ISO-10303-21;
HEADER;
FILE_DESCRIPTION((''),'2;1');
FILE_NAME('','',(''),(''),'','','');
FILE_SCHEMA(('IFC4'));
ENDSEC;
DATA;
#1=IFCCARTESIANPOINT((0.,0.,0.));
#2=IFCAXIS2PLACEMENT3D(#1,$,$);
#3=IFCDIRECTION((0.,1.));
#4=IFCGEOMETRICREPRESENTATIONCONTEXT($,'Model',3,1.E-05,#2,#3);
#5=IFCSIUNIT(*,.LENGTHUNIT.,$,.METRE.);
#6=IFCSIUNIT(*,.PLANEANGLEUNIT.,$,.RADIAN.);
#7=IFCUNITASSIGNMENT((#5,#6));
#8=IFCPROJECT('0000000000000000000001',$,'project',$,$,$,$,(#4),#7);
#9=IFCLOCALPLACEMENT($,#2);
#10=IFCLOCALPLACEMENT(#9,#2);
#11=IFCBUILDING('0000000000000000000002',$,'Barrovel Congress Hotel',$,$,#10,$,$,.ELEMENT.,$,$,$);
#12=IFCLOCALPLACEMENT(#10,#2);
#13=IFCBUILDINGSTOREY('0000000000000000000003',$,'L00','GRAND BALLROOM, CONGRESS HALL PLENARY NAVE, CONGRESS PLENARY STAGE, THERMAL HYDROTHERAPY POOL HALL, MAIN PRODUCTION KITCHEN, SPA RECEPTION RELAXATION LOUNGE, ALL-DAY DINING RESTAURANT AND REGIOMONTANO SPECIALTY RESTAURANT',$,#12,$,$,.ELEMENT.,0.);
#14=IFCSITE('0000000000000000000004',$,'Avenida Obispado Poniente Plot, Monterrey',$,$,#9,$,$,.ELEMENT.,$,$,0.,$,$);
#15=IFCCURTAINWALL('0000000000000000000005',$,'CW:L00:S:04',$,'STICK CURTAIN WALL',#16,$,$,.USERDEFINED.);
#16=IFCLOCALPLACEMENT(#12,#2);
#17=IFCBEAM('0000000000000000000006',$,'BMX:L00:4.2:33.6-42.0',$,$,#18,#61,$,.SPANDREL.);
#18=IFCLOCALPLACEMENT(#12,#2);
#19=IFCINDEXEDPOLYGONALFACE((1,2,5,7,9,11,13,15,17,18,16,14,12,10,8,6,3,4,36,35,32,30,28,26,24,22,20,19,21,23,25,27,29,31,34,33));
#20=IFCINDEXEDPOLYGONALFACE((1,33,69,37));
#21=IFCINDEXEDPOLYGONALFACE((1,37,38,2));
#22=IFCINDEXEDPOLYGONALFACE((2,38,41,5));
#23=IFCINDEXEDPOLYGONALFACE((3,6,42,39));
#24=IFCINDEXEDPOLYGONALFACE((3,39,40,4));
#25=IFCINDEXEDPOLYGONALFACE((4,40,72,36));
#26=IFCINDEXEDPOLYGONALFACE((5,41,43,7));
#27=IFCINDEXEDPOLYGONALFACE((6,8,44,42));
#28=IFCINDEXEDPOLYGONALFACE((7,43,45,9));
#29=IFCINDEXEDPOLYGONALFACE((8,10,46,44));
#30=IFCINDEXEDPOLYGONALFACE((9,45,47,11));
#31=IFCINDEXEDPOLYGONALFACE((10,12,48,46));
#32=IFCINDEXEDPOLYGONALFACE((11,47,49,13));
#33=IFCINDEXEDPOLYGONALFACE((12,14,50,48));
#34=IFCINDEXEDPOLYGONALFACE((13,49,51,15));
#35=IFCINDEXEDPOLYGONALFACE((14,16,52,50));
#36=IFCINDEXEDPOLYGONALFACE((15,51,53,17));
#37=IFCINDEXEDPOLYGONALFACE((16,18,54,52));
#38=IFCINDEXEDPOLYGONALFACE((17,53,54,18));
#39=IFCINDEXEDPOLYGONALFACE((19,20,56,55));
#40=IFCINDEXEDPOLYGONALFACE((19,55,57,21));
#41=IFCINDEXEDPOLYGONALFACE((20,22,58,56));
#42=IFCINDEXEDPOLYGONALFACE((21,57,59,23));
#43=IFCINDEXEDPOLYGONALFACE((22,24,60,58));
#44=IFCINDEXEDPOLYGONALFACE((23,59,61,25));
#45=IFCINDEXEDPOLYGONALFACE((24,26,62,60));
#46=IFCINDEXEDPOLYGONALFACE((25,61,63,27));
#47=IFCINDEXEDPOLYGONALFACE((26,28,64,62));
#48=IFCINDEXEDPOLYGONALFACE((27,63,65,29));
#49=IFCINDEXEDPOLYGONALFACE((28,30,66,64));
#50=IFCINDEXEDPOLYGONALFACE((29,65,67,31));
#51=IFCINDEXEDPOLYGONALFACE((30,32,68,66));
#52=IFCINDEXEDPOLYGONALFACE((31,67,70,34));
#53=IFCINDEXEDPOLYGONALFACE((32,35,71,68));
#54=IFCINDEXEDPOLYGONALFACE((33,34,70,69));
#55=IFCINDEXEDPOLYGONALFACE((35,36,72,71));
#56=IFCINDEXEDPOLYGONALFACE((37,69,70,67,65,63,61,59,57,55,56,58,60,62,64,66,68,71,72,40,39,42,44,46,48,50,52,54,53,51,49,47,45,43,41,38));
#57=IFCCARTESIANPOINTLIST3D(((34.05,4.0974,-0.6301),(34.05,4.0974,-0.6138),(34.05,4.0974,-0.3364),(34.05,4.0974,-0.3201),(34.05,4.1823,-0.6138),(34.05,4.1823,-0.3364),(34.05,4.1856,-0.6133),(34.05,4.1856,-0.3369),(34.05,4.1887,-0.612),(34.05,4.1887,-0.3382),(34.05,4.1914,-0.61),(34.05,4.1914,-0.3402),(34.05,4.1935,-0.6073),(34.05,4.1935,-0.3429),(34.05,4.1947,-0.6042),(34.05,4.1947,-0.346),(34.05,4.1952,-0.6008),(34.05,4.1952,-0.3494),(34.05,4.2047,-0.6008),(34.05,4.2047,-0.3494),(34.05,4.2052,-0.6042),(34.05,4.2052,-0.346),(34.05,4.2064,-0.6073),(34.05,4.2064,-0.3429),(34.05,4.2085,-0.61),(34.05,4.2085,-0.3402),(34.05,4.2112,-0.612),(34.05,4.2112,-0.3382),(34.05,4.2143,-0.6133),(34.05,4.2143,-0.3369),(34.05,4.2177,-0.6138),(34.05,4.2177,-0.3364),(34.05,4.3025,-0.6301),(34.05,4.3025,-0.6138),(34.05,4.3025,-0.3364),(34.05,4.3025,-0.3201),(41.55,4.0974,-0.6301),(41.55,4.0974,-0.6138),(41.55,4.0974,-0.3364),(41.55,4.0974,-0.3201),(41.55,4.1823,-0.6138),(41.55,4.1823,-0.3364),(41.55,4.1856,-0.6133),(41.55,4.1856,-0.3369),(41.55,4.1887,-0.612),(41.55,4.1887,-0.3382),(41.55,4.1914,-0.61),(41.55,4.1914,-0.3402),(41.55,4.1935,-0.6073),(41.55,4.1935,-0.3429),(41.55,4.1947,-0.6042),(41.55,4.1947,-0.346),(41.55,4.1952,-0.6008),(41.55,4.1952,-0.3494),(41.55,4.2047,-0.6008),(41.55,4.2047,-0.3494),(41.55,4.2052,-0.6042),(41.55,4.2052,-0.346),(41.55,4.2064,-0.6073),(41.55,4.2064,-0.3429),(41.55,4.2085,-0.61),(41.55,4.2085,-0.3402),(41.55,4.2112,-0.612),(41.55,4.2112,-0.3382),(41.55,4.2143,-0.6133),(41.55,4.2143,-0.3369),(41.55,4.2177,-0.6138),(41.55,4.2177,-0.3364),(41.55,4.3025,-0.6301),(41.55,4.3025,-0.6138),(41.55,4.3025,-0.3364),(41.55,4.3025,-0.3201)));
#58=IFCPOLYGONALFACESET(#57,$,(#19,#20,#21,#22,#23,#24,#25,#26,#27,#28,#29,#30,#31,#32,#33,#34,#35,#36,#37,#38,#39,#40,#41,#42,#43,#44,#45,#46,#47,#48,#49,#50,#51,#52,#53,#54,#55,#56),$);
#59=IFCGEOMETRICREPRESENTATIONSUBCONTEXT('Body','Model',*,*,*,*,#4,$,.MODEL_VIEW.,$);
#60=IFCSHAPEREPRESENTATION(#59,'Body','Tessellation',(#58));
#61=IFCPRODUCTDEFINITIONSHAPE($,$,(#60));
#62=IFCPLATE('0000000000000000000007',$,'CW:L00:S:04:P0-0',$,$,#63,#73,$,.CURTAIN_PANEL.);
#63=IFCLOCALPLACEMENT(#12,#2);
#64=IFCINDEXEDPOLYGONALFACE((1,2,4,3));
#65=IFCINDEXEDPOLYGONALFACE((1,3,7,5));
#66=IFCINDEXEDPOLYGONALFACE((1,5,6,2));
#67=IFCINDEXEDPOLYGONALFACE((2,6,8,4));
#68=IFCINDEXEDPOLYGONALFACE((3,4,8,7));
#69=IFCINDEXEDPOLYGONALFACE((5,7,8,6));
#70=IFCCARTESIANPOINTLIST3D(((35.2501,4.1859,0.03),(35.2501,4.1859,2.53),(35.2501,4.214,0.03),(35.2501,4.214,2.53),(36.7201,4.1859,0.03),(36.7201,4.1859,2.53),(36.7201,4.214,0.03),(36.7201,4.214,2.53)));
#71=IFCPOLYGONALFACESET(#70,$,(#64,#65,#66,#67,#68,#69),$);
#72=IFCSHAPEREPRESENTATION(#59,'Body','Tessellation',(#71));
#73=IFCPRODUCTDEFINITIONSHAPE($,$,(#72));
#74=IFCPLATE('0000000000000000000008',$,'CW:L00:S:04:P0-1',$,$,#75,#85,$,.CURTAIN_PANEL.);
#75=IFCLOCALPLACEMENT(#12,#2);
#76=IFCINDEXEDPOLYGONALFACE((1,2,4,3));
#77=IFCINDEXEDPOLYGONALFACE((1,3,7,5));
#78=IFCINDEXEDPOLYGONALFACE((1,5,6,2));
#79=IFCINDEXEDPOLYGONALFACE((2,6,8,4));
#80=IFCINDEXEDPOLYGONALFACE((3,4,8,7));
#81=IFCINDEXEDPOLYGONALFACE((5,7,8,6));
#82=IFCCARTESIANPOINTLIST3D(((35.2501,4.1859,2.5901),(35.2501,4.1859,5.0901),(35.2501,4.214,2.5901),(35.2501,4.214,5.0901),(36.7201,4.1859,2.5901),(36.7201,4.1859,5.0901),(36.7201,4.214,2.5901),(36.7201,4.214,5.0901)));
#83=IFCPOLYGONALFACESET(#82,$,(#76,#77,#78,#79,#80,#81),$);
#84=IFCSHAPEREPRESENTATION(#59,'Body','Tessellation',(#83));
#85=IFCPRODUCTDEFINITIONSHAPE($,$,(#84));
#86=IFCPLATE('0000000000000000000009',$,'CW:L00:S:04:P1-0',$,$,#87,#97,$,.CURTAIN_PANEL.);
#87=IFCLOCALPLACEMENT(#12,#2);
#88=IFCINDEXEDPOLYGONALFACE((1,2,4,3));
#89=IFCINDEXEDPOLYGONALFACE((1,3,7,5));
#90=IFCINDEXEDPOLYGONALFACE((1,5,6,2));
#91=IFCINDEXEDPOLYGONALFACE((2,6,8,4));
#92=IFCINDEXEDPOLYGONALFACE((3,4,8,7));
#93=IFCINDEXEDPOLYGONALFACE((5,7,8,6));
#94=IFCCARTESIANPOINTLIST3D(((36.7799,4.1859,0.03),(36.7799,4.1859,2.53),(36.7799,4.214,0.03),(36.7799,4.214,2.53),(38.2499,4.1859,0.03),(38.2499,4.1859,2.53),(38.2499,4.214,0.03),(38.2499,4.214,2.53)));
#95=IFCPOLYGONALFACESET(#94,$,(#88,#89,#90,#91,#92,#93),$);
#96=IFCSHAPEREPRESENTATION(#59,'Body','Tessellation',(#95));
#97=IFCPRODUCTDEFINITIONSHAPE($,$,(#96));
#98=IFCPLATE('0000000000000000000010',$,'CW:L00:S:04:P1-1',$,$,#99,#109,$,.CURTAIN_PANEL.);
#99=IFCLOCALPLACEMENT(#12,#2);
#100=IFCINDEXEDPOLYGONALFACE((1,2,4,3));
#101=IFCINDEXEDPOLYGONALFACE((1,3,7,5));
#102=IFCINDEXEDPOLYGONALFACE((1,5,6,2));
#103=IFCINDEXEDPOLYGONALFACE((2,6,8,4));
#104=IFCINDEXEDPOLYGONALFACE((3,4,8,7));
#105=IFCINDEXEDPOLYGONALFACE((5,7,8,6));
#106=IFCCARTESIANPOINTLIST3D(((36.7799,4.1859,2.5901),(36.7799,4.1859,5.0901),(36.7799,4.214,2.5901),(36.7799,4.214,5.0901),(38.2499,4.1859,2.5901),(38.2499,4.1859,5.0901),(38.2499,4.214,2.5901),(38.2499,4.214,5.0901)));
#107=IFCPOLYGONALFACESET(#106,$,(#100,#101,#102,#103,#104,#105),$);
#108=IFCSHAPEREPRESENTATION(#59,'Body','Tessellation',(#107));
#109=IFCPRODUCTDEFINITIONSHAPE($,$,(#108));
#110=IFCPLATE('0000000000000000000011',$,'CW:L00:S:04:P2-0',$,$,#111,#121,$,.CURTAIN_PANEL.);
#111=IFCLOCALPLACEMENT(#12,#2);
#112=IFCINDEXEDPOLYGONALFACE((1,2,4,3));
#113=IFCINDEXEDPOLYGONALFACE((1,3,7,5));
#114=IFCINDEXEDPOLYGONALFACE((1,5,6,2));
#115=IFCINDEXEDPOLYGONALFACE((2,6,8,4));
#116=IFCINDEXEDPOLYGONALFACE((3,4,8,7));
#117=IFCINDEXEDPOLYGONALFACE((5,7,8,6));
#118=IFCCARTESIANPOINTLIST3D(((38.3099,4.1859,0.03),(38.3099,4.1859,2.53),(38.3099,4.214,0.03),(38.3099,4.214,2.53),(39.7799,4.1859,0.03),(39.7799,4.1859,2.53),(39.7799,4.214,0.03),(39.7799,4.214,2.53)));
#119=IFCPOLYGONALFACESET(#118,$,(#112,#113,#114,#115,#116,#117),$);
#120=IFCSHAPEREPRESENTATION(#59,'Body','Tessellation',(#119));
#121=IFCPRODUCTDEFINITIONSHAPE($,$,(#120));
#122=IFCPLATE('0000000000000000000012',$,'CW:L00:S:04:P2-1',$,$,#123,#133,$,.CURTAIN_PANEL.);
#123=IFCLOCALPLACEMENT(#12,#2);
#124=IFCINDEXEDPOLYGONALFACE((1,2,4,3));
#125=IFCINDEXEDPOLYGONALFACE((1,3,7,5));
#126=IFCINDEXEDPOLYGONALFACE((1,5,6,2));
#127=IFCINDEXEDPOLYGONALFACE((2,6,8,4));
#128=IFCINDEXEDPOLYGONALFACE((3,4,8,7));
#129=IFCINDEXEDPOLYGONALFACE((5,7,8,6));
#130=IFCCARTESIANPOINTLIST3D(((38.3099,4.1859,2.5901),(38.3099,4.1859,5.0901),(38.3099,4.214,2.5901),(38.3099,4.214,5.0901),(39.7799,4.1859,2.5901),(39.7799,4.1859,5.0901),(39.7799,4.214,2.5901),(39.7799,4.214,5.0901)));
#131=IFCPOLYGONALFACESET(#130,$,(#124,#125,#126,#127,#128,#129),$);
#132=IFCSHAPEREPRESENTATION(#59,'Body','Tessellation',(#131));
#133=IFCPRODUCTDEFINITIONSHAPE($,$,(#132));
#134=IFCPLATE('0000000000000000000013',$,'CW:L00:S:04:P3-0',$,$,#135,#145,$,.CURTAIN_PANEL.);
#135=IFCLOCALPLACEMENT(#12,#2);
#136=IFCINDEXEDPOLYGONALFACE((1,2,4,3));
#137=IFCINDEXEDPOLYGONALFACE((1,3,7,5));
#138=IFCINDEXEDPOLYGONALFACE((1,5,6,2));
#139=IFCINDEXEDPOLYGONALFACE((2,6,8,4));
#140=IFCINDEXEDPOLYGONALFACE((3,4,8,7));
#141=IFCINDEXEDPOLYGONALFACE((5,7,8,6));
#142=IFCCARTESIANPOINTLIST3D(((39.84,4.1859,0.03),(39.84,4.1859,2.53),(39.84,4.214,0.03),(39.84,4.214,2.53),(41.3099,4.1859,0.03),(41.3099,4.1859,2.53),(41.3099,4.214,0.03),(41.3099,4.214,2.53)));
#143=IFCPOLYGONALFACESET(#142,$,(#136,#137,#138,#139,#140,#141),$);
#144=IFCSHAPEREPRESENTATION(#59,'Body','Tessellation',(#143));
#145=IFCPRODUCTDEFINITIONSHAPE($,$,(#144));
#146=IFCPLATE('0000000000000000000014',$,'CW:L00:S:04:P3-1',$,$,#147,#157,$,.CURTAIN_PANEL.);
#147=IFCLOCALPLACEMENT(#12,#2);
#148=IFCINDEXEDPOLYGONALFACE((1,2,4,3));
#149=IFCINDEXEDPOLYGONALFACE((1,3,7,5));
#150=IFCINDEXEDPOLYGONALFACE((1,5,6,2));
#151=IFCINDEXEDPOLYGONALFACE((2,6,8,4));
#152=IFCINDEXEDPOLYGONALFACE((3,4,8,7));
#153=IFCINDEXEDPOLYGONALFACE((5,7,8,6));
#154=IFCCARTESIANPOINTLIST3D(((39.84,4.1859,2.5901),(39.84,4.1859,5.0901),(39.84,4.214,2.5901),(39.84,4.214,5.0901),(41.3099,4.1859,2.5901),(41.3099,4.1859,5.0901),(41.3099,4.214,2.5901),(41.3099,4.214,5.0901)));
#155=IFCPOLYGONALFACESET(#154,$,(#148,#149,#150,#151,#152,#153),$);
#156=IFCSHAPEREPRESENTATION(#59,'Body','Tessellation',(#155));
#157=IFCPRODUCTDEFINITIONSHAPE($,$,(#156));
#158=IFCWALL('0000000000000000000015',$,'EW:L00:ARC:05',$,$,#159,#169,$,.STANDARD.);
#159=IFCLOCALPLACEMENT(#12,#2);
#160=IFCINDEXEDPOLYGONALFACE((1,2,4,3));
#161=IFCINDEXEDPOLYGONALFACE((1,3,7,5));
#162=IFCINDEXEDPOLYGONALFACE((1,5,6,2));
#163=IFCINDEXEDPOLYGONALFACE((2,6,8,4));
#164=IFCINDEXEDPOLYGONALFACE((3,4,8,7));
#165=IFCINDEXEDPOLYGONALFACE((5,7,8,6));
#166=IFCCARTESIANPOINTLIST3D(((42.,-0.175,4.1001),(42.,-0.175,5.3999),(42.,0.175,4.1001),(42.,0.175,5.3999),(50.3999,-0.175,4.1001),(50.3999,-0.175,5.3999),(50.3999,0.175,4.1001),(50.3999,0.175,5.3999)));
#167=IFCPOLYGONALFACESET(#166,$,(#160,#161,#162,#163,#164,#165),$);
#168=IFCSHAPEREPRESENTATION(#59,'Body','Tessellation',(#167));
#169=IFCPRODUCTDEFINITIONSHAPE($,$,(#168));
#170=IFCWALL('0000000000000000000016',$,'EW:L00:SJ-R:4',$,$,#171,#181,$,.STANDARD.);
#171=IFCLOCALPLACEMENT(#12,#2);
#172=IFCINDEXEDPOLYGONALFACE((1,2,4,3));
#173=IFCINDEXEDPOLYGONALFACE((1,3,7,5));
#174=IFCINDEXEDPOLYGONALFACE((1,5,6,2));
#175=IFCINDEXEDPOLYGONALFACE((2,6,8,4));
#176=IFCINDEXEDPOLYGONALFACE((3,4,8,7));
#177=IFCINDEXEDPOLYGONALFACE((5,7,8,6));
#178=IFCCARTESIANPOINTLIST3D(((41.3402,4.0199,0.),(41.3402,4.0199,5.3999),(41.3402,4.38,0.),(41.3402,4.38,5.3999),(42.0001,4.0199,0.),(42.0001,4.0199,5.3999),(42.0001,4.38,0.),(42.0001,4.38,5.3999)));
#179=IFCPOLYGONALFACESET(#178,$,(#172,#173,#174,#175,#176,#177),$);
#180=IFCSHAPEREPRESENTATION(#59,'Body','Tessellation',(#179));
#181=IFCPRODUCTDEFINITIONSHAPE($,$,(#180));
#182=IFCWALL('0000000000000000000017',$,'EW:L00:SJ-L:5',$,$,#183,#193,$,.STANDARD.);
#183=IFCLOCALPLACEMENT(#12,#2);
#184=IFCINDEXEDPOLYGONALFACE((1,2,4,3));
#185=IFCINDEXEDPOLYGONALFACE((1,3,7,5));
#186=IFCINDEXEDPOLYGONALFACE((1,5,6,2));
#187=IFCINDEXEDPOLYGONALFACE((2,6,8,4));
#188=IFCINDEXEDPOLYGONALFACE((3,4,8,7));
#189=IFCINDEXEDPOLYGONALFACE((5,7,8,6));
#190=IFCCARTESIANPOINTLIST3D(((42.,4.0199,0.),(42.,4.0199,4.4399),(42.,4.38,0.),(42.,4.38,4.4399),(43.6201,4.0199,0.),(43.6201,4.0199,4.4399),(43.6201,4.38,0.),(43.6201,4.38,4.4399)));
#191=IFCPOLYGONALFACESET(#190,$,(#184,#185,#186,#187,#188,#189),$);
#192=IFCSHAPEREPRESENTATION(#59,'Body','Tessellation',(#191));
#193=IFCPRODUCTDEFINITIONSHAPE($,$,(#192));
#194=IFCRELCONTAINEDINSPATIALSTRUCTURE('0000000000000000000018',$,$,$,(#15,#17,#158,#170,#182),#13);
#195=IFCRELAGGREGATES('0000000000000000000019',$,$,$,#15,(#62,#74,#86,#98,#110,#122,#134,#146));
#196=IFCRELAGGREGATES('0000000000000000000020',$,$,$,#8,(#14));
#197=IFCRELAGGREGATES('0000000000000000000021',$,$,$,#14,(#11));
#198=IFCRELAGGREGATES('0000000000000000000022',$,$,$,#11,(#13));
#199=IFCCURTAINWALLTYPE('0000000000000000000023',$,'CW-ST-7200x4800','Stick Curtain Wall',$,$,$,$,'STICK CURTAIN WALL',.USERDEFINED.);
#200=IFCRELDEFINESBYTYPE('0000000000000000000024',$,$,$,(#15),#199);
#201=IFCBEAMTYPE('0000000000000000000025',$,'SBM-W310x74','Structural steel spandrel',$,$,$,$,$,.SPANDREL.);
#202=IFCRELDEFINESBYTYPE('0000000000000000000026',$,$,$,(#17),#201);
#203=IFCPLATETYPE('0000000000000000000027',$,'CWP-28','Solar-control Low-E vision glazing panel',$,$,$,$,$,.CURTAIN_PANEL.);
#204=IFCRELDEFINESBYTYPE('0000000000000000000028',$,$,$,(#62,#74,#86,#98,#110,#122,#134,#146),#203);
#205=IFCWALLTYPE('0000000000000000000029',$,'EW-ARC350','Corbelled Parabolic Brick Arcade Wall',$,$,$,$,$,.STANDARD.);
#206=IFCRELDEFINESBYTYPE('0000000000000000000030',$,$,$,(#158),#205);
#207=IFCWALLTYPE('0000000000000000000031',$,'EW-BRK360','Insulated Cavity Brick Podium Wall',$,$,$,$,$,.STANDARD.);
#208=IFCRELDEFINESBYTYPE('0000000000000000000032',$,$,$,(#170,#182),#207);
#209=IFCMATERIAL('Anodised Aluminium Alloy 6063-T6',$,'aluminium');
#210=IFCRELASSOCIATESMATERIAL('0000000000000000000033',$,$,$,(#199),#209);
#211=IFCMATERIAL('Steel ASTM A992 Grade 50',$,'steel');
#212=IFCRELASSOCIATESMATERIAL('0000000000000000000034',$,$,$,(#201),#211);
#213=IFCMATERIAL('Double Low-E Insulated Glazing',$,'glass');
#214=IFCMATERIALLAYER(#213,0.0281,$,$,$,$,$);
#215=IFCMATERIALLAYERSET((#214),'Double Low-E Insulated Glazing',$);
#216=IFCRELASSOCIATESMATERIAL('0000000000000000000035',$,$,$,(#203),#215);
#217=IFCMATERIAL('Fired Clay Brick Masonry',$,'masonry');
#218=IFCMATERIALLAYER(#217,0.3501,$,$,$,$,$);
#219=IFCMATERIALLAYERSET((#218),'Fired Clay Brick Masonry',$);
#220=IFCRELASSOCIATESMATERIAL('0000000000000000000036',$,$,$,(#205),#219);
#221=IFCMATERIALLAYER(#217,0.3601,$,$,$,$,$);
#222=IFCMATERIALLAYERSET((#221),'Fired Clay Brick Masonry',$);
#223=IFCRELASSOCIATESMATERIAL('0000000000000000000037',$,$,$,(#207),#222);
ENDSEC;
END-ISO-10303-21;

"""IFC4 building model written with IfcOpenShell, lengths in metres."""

from ifc_helpers import new_model, si_unit, direction, frame, frame_2d, origin, origin_2d, place, context, subcontext, project, spatial, rectangle, i_section, extrude, material, layer, layer_set, material_profile, profile_set, type_object, element, aggregate, save


model = new_model("IFC4")

# Units and contexts
model_context = context("Model", 3, precision=1e-05, world=origin(), true_north=direction((0.0, 1.0)))
body_context = subcontext(model_context, "Body", "Model", "MODEL_VIEW")
ifc_project = project(units=[si_unit("LENGTHUNIT", "METRE"), si_unit("PLANEANGLEUNIT", "RADIAN")], contexts=[model_context])

# Site, building, storey
site_placement = place(None, origin())
site = spatial("IfcSite", under=ifc_project, at=site_placement, Name="Avenida Obispado Poniente Plot, Monterrey", CompositionType="ELEMENT", RefElevation=0.0)
building_placement = place(site_placement, origin())
building = spatial("IfcBuilding", under=site, at=building_placement, Name="Barrovel Congress Hotel", CompositionType="ELEMENT")
storey_placement = place(building_placement, origin())
storey = spatial("IfcBuildingStorey", under=building, at=storey_placement, Name="L00", Description="GRAND BALLROOM, CONGRESS HALL PLENARY NAVE, CONGRESS PLENARY STAGE, THERMAL HYDROTHERAPY POOL HALL, MAIN PRODUCTION KITCHEN, SPA RECEPTION RELAXATION LOUNGE, ALL-DAY DINING RESTAURANT AND REGIOMONTANO SPECIALTY RESTAURANT", CompositionType="ELEMENT", Elevation=0.0)

# Curtain wall
ifc_material_1 = material(Name="Anodised Aluminium Alloy 6063-T6", Category="aluminium")
curtain_wall_type = type_object("IfcCurtainWallType", Name="CW-ST-7200x4800", Description="Stick Curtain Wall", ElementType="STICK CURTAIN WALL", PredefinedType="USERDEFINED", material=ifc_material_1)
curtain_wall_1_placement = place(storey_placement, origin())
curtain_wall_1 = element("IfcCurtainWall", 1, at=curtain_wall_1_placement, inside=storey, type_object=curtain_wall_type, Name="CW:L00:S:04", ObjectType="STICK CURTAIN WALL", PredefinedType="USERDEFINED")

# Beam
ifc_material_2 = material(Name="Steel ASTM A992 Grade 50", Category="steel")
ifc_material_profile_1 = material_profile(ifc_material_2, i_section(OverallWidth=0.2051, OverallDepth=0.3101, WebThickness=0.0095, FlangeThickness=0.0164, FilletRadius=0.0129, at=origin_2d()), Name="W310x74")
ifc_profile_set_1 = profile_set([ifc_material_profile_1], Name="Steel ASTM A992 Grade 50")
beam_type_1 = type_object("IfcBeamType", Name="SBM-W310x74", Description="Structural steel spandrel", PredefinedType="SPANDREL", material=ifc_profile_set_1)
beam_1_placement = place(storey_placement, frame((34.05, 4.2, -0.4751), z_axis=(1.0, 0.0, 0.0), x_axis=(0.0, 1.0, 0.0)))
element("IfcBeam", 2, at=beam_1_placement, inside=storey, type_object=beam_type_1, Name="BMX:L00:4.2:33.6-42.0", PredefinedType="SPANDREL", context=body_context, shape_type="SweptSolid", body=[
    extrude(i_section(OverallWidth=0.2051, OverallDepth=0.3101, WebThickness=0.0095, FlangeThickness=0.0164, FilletRadius=0.0129, at=origin_2d()), origin(), (0.0, 0.0, 1.0), 7.5),
])

# Plates
ifc_material_3 = material(Name="Double Low-E Insulated Glazing", Category="glass")
ifc_layer_1 = layer(ifc_material_3, 0.0281)
ifc_layer_set_1 = layer_set([ifc_layer_1], Name="Double Low-E Insulated Glazing")
plate_type = type_object("IfcPlateType", Name="CWP-28", Description="Solar-control Low-E vision glazing panel", PredefinedType="CURTAIN_PANEL", material=ifc_layer_set_1)
plate_1_placement = place(storey_placement, frame((35.9851, 4.2, 0.03), z_axis=(0.0, 0.0, 1.0), x_axis=(1.0, 0.0, 0.0)))
plate_1 = element("IfcPlate", 3, at=plate_1_placement, type_object=plate_type, Name="CW:L00:S:04:P0-0", PredefinedType="CURTAIN_PANEL", context=body_context, shape_type="SweptSolid", body=[
    extrude(rectangle(XDim=1.47, YDim=0.0281, at=origin_2d()), origin(), (0.0, 0.0, 1.0), 2.5),
])
plate_2_placement = place(storey_placement, frame((35.9851, 4.2, 2.5901), z_axis=(0.0, 0.0, 1.0), x_axis=(1.0, 0.0, 0.0)))
plate_2 = element("IfcPlate", 4, at=plate_2_placement, type_object=plate_type, Name="CW:L00:S:04:P0-1", PredefinedType="CURTAIN_PANEL", context=body_context, shape_type="SweptSolid", body=[
    extrude(rectangle(XDim=1.47, YDim=0.0281, at=origin_2d()), origin(), (0.0, 0.0, 1.0), 2.5),
])
plate_3_placement = place(storey_placement, frame((37.5149, 4.2, 0.03), z_axis=(0.0, 0.0, 1.0), x_axis=(1.0, 0.0, 0.0)))
plate_3 = element("IfcPlate", 5, at=plate_3_placement, type_object=plate_type, Name="CW:L00:S:04:P1-0", PredefinedType="CURTAIN_PANEL", context=body_context, shape_type="SweptSolid", body=[
    extrude(rectangle(XDim=1.47, YDim=0.0281, at=origin_2d()), origin(), (0.0, 0.0, 1.0), 2.5),
])
plate_4_placement = place(storey_placement, frame((37.5149, 4.2, 2.5901), z_axis=(0.0, 0.0, 1.0), x_axis=(1.0, 0.0, 0.0)))
plate_4 = element("IfcPlate", 6, at=plate_4_placement, type_object=plate_type, Name="CW:L00:S:04:P1-1", PredefinedType="CURTAIN_PANEL", context=body_context, shape_type="SweptSolid", body=[
    extrude(rectangle(XDim=1.47, YDim=0.0281, at=origin_2d()), origin(), (0.0, 0.0, 1.0), 2.5),
])
plate_5_placement = place(storey_placement, frame((39.0449, 4.2, 0.03), z_axis=(0.0, 0.0, 1.0), x_axis=(1.0, 0.0, 0.0)))
plate_5 = element("IfcPlate", 7, at=plate_5_placement, type_object=plate_type, Name="CW:L00:S:04:P2-0", PredefinedType="CURTAIN_PANEL", context=body_context, shape_type="SweptSolid", body=[
    extrude(rectangle(XDim=1.47, YDim=0.0281, at=origin_2d()), origin(), (0.0, 0.0, 1.0), 2.5),
])
plate_6_placement = place(storey_placement, frame((39.0449, 4.2, 2.5901), z_axis=(0.0, 0.0, 1.0), x_axis=(1.0, 0.0, 0.0)))
plate_6 = element("IfcPlate", 8, at=plate_6_placement, type_object=plate_type, Name="CW:L00:S:04:P2-1", PredefinedType="CURTAIN_PANEL", context=body_context, shape_type="SweptSolid", body=[
    extrude(rectangle(XDim=1.47, YDim=0.0281, at=origin_2d()), origin(), (0.0, 0.0, 1.0), 2.5),
])
plate_7_placement = place(storey_placement, frame((40.575, 4.2, 0.03), z_axis=(0.0, 0.0, 1.0), x_axis=(1.0, 0.0, 0.0)))
plate_7 = element("IfcPlate", 9, at=plate_7_placement, type_object=plate_type, Name="CW:L00:S:04:P3-0", PredefinedType="CURTAIN_PANEL", context=body_context, shape_type="SweptSolid", body=[
    extrude(rectangle(XDim=1.47, YDim=0.0281, at=origin_2d()), origin(), (0.0, 0.0, 1.0), 2.5),
])
plate_8_placement = place(storey_placement, frame((40.575, 4.2, 2.5901), z_axis=(0.0, 0.0, 1.0), x_axis=(1.0, 0.0, 0.0)))
plate_8 = element("IfcPlate", 10, at=plate_8_placement, type_object=plate_type, Name="CW:L00:S:04:P3-1", PredefinedType="CURTAIN_PANEL", context=body_context, shape_type="SweptSolid", body=[
    extrude(rectangle(XDim=1.47, YDim=0.0281, at=origin_2d()), origin(), (0.0, 0.0, 1.0), 2.5),
])
aggregate(curtain_wall_1, [plate_1, plate_2, plate_3, plate_4, plate_5, plate_6, plate_7, plate_8])

# Walls
ifc_material_4 = material(Name="Fired Clay Brick Masonry", Category="masonry")
ifc_layer_2 = layer(ifc_material_4, 0.3501)
ifc_layer_set_2 = layer_set([ifc_layer_2], Name="Fired Clay Brick Masonry")
wall_type_1 = type_object("IfcWallType", Name="EW-ARC350", Description="Corbelled Parabolic Brick Arcade Wall", PredefinedType="STANDARD", material=ifc_layer_set_2)
wall_1_placement = place(storey_placement, frame((42.0, 0.0, 4.1001), z_axis=(0.0, 0.0, 1.0), x_axis=(1.0, 0.0, 0.0)))
element("IfcWall", 11, at=wall_1_placement, inside=storey, type_object=wall_type_1, Name="EW:L00:ARC:05", PredefinedType="STANDARD", context=body_context, shape_type="SweptSolid", body=[
    extrude(rectangle(XDim=8.3999, YDim=0.3501, at=frame_2d((4.2, 0.0))), origin(), (0.0, 0.0, 1.0), 1.2998),
])
ifc_layer_3 = layer(ifc_material_4, 0.3601)
ifc_layer_set_3 = layer_set([ifc_layer_3], Name="Fired Clay Brick Masonry")
wall_type_2 = type_object("IfcWallType", Name="EW-BRK360", Description="Insulated Cavity Brick Podium Wall", PredefinedType="STANDARD", material=ifc_layer_set_3)
wall_2_placement = place(storey_placement, frame((41.3401, 4.2, 0.0), z_axis=(0.0, 0.0, 1.0), x_axis=(1.0, 0.0, 0.0)))
element("IfcWall", 12, at=wall_2_placement, inside=storey, type_object=wall_type_2, Name="EW:L00:SJ-R:4", PredefinedType="STANDARD", context=body_context, shape_type="SweptSolid", body=[
    extrude(rectangle(XDim=0.6599, YDim=0.3601, at=frame_2d((0.3301, 0.0))), origin(), (0.0, 0.0, 1.0), 5.3999),
])
wall_3_placement = place(storey_placement, frame((42.0, 4.2, 0.0), z_axis=(0.0, 0.0, 1.0), x_axis=(1.0, 0.0, 0.0)))
element("IfcWall", 13, at=wall_3_placement, inside=storey, type_object=wall_type_2, Name="EW:L00:SJ-L:5", PredefinedType="STANDARD", context=body_context, shape_type="SweptSolid", body=[
    extrude(rectangle(XDim=1.6201, YDim=0.3601, at=frame_2d((0.8101, 0.0))), origin(), (0.0, 0.0, 1.0), 4.4399),
])

save(model, "model.ifc")
